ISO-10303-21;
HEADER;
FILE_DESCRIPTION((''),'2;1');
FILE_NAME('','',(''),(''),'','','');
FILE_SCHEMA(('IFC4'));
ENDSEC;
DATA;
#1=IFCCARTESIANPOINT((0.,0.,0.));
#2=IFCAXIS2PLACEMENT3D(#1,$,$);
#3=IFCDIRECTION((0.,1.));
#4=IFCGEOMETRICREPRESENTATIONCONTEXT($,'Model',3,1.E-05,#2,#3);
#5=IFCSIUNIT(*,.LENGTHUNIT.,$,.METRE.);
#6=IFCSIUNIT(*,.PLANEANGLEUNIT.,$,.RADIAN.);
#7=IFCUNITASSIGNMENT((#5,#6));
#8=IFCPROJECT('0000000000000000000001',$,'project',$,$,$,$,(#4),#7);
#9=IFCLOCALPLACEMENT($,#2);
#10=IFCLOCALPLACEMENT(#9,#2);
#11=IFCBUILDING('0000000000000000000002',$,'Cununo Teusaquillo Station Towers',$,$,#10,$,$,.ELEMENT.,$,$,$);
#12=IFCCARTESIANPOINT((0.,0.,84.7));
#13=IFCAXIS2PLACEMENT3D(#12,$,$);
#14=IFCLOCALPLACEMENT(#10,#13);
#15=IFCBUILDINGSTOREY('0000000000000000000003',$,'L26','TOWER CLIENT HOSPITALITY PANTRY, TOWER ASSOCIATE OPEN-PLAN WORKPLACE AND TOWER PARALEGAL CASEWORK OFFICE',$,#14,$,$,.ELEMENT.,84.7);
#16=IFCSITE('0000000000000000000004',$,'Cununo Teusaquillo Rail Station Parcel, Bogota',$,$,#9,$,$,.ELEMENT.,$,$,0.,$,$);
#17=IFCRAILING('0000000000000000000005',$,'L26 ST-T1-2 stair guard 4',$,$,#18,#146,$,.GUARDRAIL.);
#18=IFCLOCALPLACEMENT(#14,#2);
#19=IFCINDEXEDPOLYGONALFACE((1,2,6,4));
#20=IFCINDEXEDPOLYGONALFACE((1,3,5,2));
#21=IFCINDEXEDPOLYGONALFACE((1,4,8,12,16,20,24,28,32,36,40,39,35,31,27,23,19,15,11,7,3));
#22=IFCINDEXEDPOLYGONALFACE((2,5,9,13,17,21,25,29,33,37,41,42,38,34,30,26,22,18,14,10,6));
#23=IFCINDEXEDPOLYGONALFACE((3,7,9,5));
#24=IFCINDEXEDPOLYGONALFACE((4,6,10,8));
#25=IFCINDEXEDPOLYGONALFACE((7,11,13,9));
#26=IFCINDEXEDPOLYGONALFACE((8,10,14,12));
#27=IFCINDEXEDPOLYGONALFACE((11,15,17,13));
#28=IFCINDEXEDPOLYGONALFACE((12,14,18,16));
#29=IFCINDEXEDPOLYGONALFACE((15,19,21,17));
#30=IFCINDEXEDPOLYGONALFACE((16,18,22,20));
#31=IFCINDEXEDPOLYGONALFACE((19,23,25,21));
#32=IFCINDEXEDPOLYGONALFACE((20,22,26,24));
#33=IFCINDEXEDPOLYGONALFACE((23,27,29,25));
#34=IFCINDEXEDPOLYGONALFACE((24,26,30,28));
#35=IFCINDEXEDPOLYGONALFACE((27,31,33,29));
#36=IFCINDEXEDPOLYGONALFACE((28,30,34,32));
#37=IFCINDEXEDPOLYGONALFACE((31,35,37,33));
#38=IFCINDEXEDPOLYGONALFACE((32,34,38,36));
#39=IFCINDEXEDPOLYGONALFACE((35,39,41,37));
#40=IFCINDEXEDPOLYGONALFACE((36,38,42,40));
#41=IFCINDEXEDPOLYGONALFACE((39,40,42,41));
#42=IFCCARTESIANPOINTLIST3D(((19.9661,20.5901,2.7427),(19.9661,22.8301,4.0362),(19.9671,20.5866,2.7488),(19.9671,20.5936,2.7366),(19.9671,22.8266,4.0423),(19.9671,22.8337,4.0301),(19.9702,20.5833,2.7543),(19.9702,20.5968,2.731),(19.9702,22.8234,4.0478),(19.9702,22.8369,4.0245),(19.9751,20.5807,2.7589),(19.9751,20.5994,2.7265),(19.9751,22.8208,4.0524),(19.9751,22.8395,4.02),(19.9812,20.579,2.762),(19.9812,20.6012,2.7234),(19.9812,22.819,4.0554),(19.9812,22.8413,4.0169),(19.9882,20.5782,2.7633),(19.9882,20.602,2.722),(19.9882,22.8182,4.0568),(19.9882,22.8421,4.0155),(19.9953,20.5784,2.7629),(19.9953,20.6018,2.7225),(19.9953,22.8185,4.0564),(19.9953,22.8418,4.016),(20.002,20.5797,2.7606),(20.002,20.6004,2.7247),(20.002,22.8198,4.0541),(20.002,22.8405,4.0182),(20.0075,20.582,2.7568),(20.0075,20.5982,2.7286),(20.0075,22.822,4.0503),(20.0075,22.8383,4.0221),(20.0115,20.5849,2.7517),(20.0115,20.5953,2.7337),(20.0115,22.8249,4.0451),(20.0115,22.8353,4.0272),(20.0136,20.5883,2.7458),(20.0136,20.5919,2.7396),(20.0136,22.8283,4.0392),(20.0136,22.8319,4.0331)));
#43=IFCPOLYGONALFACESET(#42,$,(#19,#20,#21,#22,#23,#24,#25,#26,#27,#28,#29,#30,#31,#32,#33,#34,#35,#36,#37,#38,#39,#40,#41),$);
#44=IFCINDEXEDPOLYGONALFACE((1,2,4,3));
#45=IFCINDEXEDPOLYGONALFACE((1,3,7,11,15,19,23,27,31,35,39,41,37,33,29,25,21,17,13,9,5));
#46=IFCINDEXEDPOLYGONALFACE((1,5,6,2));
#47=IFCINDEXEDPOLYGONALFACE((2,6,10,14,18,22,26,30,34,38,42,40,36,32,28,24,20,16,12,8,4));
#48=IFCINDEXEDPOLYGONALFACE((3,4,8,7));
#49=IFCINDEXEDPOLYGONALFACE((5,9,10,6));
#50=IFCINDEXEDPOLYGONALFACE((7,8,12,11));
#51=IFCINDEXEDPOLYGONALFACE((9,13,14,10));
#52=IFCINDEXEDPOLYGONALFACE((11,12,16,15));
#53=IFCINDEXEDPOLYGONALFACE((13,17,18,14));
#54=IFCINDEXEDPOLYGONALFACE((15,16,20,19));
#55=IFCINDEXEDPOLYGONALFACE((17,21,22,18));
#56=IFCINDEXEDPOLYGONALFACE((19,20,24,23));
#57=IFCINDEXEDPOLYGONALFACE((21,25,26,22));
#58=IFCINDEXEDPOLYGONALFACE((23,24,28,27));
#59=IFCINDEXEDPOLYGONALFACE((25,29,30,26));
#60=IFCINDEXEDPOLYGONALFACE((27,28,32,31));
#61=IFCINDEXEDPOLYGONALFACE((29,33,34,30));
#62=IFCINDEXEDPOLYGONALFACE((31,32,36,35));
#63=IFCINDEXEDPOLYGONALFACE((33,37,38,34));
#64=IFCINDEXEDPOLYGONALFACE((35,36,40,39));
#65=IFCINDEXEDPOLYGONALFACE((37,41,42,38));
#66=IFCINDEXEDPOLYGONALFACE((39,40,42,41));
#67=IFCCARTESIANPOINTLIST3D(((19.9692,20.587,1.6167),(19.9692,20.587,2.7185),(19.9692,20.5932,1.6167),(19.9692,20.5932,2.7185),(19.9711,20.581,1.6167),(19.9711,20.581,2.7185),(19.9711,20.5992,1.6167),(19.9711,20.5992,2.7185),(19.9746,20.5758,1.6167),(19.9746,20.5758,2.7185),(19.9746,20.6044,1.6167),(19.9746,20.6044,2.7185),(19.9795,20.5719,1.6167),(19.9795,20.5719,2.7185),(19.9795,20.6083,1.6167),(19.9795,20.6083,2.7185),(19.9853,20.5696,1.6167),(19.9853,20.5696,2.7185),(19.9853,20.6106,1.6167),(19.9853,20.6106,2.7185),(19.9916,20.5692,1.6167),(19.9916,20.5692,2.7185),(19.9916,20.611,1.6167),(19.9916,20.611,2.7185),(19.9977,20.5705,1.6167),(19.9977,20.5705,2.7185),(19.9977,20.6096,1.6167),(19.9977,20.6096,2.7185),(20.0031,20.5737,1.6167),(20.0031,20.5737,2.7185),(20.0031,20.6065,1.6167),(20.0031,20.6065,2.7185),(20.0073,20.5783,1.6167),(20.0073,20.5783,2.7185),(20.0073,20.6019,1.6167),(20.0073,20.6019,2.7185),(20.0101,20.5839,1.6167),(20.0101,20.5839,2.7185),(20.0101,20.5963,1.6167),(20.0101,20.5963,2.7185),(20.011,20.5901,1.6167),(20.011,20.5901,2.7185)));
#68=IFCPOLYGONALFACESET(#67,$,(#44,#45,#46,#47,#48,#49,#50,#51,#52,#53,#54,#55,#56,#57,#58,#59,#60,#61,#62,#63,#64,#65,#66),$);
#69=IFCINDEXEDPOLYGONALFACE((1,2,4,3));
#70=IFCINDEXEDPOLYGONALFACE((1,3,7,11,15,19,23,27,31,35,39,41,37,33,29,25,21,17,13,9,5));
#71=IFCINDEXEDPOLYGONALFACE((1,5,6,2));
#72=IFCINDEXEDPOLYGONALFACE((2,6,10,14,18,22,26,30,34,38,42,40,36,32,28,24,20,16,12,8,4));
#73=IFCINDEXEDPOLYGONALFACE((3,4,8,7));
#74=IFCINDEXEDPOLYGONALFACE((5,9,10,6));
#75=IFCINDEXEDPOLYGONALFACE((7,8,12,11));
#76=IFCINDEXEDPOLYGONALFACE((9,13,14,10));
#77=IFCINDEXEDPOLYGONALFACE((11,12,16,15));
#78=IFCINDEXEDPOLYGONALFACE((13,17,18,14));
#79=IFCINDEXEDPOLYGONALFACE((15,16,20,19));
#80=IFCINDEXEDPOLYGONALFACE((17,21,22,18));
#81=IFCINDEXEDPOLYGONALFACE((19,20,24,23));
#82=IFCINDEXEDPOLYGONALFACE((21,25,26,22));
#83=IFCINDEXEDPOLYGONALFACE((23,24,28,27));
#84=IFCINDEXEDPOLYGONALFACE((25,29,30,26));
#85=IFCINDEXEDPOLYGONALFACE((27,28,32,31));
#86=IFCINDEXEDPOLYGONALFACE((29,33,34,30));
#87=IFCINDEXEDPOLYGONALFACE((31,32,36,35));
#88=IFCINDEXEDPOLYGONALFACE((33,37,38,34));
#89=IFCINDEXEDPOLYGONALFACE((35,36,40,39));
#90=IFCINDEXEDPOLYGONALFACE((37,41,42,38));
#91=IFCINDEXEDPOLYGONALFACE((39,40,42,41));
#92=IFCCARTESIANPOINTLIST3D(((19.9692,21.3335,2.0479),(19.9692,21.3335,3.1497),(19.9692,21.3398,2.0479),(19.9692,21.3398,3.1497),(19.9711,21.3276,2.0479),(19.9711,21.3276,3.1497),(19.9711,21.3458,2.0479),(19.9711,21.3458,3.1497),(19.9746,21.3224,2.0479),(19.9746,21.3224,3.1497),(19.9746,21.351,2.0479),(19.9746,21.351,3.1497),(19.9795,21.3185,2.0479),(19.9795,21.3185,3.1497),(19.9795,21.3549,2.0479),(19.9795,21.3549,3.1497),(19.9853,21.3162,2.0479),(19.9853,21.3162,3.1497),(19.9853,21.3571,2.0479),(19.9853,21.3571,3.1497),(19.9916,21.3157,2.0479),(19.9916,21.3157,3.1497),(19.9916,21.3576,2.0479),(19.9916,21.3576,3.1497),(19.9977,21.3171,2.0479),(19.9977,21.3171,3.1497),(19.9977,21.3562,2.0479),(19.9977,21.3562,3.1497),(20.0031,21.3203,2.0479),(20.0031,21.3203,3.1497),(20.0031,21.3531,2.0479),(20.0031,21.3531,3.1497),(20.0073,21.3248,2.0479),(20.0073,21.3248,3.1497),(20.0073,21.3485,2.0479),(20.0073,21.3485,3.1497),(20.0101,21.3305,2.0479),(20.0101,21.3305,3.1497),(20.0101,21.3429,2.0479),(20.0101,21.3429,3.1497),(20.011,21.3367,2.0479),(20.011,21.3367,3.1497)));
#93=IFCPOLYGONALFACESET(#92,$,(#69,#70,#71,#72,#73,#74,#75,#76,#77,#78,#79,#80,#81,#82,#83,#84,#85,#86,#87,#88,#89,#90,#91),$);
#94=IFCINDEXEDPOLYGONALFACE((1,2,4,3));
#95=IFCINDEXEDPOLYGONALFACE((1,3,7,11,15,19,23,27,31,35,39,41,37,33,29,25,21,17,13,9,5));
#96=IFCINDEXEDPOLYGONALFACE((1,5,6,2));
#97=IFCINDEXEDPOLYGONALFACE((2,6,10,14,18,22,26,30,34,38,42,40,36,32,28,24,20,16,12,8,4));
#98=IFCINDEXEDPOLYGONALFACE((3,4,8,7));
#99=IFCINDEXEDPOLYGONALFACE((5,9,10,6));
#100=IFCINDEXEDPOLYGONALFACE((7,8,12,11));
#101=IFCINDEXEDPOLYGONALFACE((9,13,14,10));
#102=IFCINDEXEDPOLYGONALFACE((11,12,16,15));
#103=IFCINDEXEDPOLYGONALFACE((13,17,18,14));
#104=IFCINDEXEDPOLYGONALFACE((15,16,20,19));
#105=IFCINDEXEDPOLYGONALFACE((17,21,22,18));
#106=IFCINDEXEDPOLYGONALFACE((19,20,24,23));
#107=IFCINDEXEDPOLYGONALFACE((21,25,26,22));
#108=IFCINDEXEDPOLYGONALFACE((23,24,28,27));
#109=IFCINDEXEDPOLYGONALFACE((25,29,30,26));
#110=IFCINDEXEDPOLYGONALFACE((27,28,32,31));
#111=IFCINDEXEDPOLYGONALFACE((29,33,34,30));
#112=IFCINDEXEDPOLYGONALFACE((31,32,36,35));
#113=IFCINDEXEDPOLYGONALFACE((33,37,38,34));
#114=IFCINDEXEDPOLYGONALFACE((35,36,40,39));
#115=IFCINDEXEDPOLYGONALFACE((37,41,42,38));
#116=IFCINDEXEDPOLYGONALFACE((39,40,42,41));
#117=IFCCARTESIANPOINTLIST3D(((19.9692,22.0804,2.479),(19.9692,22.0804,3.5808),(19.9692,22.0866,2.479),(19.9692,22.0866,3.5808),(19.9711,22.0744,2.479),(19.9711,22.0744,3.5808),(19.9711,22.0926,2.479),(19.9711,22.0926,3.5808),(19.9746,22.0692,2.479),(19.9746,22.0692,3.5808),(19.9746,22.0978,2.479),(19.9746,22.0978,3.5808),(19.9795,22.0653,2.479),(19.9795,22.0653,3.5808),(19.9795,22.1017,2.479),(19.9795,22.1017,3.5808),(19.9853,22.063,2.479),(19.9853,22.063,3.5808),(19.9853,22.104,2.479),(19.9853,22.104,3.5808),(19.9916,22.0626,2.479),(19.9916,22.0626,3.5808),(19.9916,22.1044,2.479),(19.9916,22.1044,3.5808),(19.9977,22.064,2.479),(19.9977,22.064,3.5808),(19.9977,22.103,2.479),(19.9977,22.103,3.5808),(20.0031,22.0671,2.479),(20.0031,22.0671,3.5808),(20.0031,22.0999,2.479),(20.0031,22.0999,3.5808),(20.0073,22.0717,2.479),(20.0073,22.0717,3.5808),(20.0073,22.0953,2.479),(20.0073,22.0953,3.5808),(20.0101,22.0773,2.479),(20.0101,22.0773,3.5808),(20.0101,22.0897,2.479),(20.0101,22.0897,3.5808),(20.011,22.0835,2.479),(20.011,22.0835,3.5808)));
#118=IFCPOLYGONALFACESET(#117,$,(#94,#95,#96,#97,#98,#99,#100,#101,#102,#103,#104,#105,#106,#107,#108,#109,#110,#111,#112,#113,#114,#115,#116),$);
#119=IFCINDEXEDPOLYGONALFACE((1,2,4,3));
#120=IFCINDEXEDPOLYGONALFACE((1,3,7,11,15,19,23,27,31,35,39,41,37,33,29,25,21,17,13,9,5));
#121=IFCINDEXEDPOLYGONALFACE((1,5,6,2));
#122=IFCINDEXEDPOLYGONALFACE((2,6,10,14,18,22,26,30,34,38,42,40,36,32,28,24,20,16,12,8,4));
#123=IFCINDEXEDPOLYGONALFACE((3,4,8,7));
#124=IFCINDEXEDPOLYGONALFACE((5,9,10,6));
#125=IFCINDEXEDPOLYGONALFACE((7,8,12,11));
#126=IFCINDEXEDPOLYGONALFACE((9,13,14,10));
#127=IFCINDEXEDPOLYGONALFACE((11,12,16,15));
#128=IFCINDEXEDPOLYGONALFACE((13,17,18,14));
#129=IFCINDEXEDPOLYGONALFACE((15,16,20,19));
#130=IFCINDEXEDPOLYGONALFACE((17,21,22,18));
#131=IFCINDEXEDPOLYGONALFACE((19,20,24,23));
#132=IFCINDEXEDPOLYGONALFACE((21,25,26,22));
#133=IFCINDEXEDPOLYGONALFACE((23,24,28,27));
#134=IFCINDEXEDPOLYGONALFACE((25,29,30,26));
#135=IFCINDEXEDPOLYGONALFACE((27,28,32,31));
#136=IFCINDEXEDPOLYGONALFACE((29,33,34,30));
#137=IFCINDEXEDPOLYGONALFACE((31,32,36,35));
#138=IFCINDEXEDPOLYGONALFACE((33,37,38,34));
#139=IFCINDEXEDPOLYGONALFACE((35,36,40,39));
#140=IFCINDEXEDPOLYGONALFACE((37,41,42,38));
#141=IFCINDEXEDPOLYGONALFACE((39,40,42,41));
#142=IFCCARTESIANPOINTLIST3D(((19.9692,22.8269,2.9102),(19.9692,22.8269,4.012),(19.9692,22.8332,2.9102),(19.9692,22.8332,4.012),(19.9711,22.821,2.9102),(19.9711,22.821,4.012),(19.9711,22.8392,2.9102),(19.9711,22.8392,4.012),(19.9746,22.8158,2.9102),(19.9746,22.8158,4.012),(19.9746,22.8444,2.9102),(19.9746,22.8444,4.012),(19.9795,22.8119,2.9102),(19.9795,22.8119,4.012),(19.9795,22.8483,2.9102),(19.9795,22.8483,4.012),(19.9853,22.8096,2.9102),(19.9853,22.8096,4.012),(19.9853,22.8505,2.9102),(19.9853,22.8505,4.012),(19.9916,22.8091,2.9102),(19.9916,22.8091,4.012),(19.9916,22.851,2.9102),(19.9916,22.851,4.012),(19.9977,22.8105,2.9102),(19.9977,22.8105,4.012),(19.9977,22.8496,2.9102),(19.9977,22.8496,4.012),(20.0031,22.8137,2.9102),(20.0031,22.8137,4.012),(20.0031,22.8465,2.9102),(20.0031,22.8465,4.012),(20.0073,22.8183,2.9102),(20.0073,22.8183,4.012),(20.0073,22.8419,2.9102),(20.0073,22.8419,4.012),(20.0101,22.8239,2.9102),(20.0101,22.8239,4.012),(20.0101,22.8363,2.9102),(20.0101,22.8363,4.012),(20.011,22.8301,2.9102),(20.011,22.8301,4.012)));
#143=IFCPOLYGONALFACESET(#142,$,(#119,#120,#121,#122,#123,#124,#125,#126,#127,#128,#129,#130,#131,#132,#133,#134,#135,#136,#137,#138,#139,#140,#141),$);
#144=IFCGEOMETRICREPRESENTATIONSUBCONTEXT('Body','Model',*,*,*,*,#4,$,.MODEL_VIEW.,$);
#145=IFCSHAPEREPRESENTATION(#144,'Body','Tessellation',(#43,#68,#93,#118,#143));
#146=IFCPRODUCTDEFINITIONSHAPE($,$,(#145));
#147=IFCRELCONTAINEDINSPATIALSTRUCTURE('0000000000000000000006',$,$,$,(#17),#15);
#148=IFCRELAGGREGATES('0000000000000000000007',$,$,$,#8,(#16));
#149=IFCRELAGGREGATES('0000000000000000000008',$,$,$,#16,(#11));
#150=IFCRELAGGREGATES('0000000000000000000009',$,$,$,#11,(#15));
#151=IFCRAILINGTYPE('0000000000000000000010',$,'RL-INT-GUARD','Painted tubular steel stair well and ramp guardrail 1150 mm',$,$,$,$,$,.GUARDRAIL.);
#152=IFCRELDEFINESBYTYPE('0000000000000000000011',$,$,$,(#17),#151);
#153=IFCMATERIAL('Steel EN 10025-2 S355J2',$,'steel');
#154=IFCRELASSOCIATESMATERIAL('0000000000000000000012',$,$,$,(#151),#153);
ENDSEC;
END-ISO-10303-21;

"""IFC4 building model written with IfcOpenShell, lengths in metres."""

from ifc_helpers import new_model, si_unit, direction, frame, origin, origin_2d, place, context, subcontext, project, spatial, circle, extrude, material, type_object, element, save


model = new_model("IFC4")

# Units and contexts
model_context = context("Model", 3, precision=1e-05, world=origin(), true_north=direction((0.0, 1.0)))
body_context = subcontext(model_context, "Body", "Model", "MODEL_VIEW")
ifc_project = project(units=[si_unit("LENGTHUNIT", "METRE"), si_unit("PLANEANGLEUNIT", "RADIAN")], contexts=[model_context])

# Site, building, storey
site_placement = place(None, origin())
site = spatial("IfcSite", under=ifc_project, at=site_placement, Name="Cununo Teusaquillo Rail Station Parcel, Bogota", CompositionType="ELEMENT", RefElevation=0.0)
building_placement = place(site_placement, origin())
building = spatial("IfcBuilding", under=site, at=building_placement, Name="Cununo Teusaquillo Station Towers", CompositionType="ELEMENT")
storey_placement = place(building_placement, frame((0.0, 0.0, 84.7)))
storey = spatial("IfcBuildingStorey", under=building, at=storey_placement, Name="L26", Description="TOWER CLIENT HOSPITALITY PANTRY, TOWER ASSOCIATE OPEN-PLAN WORKPLACE AND TOWER PARALEGAL CASEWORK OFFICE", CompositionType="ELEMENT", Elevation=84.7)

# Railing
ifc_material_1 = material(Name="Steel EN 10025-2 S355J2", Category="steel")
railing_type_1 = type_object("IfcRailingType", Name="RL-INT-GUARD", Description="Painted tubular steel stair well and ramp guardrail 1150 mm", PredefinedType="GUARDRAIL", material=ifc_material_1)
railing_1_placement = place(storey_placement, frame((19.99, 20.5901, 1.6167)))
element("IfcRailing", 1, at=railing_1_placement, inside=storey, type_object=railing_type_1, Name="L26 ST-T1-2 stair guard 4", PredefinedType="GUARDRAIL", context=body_context, shape_type="SweptSolid", body=[
    extrude(circle(Radius=0.0239, at=origin_2d()), frame((0.0, 0.0, 1.126), z_axis=(0.0, 0.865992, 0.500057), x_axis=(-1.0, 0.0, 0.0)), (0.0, 0.0, 1.0), 2.5867),
    extrude(circle(Radius=0.021, at=origin_2d()), origin(), (0.0, 0.0, 1.0), 1.1018),
    extrude(circle(Radius=0.021, at=origin_2d()), frame((0.0, 0.7466, 0.4312)), (0.0, 0.0, 1.0), 1.1018),
    extrude(circle(Radius=0.021, at=origin_2d()), frame((0.0, 1.4934, 0.8623)), (0.0, 0.0, 1.0), 1.1018),
    extrude(circle(Radius=0.021, at=origin_2d()), frame((0.0, 2.24, 1.2935)), (0.0, 0.0, 1.0), 1.1018),
])

save(model, "model.ifc")
